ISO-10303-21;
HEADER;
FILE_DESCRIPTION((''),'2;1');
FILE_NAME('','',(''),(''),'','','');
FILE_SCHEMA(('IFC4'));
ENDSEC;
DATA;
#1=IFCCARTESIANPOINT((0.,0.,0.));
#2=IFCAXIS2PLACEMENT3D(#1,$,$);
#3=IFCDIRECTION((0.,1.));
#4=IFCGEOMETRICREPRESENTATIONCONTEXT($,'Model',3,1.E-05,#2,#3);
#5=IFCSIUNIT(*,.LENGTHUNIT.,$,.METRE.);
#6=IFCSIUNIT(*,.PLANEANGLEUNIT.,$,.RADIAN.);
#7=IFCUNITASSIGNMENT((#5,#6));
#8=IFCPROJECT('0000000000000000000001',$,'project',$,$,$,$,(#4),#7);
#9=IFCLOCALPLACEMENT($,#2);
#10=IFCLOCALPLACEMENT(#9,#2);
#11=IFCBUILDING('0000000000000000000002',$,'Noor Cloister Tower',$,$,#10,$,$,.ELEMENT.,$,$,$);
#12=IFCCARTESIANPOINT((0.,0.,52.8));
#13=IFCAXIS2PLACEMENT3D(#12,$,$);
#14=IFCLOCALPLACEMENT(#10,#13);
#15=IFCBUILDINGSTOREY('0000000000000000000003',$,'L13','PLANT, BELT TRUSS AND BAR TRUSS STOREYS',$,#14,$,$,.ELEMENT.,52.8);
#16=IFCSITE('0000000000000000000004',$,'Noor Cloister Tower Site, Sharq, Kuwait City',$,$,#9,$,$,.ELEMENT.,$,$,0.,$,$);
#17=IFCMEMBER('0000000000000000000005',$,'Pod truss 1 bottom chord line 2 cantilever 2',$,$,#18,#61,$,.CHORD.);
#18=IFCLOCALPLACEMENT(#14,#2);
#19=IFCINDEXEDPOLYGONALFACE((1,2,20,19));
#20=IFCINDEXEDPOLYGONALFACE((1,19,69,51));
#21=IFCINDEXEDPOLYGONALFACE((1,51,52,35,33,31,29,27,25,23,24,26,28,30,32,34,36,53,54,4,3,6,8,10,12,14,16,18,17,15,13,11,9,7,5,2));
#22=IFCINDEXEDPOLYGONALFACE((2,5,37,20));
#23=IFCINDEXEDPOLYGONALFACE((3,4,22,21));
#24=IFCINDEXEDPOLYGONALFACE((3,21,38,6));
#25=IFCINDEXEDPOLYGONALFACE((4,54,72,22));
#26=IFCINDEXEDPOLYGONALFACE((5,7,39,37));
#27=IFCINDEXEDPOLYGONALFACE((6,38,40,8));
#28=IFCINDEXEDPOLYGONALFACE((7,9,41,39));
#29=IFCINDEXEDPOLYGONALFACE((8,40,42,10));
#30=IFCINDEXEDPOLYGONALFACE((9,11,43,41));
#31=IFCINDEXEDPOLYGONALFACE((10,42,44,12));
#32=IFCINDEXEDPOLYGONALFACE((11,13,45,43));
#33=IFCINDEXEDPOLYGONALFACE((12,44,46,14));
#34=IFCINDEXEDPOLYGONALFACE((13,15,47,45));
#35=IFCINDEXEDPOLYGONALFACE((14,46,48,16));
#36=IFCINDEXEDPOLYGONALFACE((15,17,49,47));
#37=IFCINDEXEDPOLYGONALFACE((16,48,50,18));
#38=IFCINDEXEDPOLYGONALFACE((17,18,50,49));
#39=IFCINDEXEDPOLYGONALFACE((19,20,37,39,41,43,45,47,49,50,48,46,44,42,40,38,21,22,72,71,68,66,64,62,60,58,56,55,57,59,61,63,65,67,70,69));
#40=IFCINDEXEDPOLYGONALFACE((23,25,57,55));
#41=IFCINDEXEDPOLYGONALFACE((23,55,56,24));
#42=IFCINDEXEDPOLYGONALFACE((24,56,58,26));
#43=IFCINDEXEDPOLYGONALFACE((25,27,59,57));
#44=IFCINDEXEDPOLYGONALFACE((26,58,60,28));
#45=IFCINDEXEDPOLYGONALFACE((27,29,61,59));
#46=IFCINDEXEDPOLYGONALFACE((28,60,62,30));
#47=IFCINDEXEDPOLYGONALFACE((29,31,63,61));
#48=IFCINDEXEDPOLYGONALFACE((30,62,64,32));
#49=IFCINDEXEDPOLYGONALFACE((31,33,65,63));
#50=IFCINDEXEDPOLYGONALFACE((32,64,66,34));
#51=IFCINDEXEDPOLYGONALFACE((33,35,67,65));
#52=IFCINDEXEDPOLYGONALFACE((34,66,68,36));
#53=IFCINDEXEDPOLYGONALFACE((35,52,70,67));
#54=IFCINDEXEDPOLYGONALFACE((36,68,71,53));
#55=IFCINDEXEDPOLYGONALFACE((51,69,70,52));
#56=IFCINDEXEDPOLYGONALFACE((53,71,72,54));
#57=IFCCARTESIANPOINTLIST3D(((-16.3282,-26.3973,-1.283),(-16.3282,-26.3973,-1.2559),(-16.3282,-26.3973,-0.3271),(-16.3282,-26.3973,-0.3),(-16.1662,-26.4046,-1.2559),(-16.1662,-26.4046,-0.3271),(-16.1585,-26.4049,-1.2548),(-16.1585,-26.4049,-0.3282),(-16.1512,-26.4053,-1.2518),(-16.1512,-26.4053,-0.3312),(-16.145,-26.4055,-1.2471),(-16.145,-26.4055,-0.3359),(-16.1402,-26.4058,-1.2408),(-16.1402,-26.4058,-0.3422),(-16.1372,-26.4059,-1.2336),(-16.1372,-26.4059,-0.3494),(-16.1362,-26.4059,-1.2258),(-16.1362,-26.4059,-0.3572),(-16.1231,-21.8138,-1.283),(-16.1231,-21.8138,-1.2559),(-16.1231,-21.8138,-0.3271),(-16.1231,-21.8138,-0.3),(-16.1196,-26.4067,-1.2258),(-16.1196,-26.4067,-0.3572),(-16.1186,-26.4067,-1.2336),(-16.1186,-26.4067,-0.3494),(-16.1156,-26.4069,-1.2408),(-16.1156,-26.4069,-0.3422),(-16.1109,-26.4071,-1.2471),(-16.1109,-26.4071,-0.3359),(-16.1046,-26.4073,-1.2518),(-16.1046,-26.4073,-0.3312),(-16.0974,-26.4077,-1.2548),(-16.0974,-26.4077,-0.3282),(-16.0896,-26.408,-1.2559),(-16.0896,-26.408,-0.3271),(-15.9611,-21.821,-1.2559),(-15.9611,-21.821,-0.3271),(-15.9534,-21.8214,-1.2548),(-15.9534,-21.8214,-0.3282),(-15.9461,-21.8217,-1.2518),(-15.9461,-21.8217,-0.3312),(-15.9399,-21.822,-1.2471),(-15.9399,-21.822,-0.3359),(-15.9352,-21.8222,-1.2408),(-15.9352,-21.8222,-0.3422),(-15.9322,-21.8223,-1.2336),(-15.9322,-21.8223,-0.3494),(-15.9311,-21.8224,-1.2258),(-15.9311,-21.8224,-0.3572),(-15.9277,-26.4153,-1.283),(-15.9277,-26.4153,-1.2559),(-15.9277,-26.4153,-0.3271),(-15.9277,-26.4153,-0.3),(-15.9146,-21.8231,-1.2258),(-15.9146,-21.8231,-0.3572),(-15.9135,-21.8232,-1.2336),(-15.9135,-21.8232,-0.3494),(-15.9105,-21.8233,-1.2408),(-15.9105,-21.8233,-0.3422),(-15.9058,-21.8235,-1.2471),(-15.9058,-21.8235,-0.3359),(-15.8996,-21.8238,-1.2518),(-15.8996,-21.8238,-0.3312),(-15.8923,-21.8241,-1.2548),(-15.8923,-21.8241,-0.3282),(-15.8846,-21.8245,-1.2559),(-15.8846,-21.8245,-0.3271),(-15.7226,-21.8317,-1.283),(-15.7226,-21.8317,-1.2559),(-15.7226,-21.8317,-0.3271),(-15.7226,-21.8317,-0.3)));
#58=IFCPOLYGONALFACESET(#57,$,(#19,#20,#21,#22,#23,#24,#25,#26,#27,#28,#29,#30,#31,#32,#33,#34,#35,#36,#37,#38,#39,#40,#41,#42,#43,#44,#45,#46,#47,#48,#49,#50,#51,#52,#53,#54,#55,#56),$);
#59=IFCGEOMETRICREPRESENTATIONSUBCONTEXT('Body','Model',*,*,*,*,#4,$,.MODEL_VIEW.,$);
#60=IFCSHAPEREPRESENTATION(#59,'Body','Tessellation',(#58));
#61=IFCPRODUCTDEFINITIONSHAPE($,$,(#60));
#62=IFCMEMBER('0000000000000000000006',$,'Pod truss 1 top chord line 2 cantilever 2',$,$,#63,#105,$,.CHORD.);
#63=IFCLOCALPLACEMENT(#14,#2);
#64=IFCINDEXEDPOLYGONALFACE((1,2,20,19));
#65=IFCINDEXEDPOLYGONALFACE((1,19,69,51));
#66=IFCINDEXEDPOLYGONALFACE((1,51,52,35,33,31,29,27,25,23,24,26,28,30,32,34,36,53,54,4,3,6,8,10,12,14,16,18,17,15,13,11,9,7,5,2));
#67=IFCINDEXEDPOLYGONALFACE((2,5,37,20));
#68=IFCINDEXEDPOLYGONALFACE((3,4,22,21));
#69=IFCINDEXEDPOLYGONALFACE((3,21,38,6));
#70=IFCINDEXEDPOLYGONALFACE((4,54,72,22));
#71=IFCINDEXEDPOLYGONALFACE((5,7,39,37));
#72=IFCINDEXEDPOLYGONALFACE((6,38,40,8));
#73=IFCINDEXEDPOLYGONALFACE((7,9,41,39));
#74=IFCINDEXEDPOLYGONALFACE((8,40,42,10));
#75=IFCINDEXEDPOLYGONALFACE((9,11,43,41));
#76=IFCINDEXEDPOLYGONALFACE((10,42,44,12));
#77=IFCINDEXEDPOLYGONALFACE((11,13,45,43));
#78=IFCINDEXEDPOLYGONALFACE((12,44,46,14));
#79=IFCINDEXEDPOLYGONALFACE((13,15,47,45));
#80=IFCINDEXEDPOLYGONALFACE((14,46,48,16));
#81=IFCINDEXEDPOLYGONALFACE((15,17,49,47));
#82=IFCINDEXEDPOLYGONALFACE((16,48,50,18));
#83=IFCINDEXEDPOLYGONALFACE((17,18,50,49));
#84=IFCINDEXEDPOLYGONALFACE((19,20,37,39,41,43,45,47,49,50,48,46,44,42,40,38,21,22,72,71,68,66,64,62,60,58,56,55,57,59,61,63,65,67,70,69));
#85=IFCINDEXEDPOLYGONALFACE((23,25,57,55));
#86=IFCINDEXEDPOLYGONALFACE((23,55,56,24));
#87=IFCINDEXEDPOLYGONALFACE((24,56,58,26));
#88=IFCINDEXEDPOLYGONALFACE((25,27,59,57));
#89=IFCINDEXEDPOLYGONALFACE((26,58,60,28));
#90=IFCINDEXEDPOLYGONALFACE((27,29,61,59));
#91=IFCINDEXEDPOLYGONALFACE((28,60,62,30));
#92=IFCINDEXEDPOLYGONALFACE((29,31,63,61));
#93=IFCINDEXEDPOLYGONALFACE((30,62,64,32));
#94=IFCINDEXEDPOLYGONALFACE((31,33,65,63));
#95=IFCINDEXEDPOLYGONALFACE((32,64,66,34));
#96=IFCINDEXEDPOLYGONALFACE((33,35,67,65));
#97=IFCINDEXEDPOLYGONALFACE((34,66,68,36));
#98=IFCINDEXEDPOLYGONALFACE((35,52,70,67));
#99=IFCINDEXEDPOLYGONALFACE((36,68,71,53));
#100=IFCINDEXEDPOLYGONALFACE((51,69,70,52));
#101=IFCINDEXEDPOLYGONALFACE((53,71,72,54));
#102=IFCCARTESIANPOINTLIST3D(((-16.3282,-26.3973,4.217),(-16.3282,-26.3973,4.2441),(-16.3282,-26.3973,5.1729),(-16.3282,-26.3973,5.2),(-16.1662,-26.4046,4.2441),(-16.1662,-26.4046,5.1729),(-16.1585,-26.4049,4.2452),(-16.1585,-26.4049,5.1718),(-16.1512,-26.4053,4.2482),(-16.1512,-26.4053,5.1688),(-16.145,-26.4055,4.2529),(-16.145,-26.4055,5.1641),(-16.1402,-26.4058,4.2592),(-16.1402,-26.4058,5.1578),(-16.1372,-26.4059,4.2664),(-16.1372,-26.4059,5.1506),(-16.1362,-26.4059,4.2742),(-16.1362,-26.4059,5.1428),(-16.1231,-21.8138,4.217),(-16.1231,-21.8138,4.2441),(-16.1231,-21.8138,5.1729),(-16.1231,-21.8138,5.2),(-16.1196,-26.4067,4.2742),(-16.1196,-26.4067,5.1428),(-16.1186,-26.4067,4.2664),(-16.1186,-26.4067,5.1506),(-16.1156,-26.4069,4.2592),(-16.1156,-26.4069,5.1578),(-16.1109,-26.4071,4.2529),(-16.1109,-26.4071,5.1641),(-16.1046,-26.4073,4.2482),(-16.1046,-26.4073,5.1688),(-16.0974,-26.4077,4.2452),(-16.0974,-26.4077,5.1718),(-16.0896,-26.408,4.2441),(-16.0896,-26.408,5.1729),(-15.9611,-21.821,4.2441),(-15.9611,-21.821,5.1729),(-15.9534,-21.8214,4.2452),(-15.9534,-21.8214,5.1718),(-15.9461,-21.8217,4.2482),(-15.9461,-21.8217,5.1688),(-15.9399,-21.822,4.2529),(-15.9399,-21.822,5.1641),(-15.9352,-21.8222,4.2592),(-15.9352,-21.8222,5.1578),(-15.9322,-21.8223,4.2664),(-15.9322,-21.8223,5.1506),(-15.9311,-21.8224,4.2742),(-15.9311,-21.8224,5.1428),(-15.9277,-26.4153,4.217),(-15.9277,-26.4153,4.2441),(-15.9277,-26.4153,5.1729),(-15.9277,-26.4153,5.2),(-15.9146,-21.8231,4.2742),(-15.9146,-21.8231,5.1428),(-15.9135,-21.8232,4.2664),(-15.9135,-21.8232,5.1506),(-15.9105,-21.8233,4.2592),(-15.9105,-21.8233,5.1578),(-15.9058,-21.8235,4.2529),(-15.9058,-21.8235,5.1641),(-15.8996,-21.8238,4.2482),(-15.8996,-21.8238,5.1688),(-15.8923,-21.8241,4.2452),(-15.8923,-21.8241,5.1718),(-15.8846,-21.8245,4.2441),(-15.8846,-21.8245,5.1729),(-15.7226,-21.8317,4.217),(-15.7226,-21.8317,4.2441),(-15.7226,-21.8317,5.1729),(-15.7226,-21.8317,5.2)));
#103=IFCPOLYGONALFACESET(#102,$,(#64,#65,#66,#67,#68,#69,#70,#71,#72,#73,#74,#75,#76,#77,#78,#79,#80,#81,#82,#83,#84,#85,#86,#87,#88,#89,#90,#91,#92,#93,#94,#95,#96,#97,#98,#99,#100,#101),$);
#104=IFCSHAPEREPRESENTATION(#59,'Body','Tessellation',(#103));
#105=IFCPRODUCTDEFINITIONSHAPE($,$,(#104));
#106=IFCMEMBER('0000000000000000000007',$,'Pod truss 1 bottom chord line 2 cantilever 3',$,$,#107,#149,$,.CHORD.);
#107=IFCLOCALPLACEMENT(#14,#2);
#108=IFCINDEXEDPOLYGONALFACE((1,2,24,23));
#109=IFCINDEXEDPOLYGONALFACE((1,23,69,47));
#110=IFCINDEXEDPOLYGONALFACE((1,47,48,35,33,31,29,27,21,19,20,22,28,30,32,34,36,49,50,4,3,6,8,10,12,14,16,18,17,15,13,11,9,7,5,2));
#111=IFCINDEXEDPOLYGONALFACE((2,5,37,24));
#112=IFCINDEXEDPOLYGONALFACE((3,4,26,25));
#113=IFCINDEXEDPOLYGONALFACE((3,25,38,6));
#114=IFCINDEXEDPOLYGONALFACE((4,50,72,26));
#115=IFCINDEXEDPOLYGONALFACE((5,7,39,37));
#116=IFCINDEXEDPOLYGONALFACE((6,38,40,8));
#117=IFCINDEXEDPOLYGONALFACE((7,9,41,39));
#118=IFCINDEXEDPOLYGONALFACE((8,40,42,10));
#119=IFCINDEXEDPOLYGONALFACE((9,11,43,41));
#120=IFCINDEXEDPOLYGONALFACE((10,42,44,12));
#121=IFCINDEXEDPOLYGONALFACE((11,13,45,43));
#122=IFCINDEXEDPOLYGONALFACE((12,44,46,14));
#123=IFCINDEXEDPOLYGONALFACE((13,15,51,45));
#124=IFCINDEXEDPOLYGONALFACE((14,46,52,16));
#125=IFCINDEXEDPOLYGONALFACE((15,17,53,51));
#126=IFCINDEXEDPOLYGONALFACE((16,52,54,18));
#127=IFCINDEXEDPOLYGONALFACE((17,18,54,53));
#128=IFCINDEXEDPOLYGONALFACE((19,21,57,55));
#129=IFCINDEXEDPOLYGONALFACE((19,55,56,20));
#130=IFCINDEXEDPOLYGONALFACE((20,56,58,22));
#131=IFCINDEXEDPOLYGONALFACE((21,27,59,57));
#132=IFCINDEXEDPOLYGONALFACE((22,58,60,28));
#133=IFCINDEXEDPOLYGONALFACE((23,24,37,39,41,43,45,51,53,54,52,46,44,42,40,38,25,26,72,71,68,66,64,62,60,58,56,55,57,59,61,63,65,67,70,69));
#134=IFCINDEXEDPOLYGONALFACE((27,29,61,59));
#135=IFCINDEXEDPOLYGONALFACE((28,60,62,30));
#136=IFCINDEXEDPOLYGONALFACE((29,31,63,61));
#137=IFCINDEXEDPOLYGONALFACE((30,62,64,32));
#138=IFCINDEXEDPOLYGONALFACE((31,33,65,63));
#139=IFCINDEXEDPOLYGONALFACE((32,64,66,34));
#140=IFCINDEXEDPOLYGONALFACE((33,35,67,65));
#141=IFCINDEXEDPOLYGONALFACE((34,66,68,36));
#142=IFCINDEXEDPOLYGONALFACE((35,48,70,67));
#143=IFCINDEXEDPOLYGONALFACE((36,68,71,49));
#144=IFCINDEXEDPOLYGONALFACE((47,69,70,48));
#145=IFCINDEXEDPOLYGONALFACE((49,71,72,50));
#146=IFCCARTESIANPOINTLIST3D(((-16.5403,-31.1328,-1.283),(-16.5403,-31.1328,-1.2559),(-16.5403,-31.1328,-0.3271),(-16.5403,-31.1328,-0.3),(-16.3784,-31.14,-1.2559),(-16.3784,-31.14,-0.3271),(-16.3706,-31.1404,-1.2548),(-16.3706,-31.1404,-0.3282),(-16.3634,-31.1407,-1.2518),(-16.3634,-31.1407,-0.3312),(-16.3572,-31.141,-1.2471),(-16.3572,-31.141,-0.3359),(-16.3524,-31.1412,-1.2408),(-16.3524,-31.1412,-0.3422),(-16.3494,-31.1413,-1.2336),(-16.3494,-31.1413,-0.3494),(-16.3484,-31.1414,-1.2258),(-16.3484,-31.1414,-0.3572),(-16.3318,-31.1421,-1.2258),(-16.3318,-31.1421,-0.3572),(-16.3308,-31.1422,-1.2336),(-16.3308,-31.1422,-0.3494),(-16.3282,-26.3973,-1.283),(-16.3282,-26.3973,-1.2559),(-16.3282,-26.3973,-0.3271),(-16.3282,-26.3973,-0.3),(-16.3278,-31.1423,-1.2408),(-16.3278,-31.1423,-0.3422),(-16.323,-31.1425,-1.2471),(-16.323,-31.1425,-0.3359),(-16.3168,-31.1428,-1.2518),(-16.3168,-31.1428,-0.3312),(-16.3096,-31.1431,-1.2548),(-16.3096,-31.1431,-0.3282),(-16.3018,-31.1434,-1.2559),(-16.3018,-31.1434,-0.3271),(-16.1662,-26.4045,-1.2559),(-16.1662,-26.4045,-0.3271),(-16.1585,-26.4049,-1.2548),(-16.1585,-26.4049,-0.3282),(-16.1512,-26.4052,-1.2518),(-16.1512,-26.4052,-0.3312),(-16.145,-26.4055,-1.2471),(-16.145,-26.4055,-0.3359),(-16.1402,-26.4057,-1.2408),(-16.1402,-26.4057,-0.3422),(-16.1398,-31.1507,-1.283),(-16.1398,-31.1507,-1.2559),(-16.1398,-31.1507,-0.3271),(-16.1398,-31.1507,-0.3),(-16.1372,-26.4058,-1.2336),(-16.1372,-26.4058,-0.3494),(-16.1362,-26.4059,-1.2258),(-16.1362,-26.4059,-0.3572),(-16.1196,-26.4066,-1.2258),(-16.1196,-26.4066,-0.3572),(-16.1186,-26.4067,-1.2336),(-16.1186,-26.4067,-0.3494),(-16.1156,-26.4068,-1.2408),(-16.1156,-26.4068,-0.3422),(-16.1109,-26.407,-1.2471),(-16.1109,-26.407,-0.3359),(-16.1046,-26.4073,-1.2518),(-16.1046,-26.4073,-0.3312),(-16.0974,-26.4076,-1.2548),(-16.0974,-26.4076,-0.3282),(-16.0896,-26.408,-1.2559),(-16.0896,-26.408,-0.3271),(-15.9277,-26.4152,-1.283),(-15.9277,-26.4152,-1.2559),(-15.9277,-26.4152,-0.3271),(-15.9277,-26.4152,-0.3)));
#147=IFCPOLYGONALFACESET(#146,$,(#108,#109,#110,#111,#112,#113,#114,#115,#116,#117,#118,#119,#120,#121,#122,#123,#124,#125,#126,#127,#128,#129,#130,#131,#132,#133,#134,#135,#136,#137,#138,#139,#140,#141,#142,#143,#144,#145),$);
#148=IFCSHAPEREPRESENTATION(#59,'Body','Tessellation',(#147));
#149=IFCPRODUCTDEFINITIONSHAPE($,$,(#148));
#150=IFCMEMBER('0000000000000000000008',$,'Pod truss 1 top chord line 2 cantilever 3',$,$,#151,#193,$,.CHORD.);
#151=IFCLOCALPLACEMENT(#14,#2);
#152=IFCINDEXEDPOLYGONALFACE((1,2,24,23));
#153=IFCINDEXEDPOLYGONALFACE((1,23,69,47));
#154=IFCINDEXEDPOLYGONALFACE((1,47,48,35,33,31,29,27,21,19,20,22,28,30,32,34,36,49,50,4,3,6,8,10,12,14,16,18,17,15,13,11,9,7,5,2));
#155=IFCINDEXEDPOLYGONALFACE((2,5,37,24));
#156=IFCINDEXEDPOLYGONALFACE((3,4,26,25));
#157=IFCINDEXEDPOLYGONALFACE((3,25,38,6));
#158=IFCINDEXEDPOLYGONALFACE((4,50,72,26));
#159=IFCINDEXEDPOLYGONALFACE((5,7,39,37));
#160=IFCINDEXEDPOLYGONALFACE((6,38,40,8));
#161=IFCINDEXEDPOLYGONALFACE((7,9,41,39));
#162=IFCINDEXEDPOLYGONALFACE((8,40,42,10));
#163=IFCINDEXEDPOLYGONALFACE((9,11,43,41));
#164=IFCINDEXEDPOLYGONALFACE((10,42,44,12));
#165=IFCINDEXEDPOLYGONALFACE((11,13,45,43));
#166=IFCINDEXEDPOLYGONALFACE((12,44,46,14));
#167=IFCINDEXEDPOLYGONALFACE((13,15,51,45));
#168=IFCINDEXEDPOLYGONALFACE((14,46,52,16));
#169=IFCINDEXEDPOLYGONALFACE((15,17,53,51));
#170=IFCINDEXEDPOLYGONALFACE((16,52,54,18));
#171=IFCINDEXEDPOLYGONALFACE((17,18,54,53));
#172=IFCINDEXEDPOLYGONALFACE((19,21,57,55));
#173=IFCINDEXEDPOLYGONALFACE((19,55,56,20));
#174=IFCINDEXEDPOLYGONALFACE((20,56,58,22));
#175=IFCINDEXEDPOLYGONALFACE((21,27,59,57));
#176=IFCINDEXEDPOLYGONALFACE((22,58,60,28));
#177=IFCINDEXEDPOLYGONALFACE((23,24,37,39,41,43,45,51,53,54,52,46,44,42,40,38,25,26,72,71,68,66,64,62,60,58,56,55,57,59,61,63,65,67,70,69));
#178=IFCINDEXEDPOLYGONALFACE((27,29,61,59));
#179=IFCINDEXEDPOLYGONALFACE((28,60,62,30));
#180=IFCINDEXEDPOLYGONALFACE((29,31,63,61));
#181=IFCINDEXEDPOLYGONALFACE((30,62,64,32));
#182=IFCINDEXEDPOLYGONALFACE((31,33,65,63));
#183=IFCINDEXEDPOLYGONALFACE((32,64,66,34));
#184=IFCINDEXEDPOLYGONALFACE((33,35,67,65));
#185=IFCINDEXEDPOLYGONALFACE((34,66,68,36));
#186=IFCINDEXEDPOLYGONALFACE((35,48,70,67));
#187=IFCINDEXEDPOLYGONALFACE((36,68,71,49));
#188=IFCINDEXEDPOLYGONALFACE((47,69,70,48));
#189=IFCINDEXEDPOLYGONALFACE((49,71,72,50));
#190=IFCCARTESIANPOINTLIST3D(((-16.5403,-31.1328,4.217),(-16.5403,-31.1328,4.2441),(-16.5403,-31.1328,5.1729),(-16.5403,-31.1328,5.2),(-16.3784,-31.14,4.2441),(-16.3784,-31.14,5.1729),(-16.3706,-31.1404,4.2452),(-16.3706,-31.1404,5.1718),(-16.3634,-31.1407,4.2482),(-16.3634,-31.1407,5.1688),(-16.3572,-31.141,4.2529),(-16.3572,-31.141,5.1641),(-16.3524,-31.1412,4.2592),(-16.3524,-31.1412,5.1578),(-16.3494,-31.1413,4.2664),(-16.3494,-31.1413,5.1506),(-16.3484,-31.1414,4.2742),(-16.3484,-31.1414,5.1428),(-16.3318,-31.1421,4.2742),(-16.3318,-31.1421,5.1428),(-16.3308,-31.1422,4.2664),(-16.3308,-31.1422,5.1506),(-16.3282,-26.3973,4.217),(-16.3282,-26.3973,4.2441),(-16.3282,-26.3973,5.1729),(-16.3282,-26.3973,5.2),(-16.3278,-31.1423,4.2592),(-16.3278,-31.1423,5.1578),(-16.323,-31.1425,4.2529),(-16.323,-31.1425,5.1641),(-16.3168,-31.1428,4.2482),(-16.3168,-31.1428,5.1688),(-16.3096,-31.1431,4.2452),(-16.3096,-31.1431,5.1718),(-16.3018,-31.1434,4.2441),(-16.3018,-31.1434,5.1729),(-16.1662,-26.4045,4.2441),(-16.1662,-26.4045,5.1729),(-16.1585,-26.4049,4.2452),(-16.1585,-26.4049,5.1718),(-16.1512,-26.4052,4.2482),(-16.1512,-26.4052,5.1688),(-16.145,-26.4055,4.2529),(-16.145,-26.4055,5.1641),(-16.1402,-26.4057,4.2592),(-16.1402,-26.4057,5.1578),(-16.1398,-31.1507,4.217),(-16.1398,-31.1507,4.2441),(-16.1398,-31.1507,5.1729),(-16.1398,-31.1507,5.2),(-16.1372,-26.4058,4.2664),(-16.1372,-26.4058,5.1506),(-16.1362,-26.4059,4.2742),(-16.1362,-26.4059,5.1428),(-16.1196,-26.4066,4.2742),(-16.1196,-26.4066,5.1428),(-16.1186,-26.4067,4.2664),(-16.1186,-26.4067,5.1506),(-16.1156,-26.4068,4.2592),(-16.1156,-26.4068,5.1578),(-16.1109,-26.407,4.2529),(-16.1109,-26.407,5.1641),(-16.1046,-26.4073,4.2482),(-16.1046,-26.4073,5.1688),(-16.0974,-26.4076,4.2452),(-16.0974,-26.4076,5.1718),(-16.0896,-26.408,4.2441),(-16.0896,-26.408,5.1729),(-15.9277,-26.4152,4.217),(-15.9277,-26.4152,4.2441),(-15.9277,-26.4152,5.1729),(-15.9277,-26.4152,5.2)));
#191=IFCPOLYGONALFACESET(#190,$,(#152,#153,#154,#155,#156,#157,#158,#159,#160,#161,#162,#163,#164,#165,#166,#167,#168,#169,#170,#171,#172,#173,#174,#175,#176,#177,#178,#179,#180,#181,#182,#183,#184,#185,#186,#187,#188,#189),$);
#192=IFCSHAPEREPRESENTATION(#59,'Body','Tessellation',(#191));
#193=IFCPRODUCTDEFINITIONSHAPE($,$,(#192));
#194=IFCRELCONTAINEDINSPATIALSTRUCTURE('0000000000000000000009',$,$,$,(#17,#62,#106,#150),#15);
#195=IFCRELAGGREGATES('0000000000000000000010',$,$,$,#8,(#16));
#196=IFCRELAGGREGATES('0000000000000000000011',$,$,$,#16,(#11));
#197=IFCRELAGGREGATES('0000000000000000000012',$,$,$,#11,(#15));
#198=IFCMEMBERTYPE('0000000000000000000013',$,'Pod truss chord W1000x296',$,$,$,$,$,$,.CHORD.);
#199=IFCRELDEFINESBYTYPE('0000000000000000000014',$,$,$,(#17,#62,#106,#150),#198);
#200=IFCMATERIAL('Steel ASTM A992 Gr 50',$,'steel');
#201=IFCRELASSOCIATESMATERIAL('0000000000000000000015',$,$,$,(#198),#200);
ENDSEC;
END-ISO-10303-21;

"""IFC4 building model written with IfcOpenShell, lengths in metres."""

from ifc_helpers import new_model, si_unit, direction, frame, origin, origin_2d, place, context, subcontext, project, spatial, i_section, extrude, material, material_profile, profile_set, type_object, element, save


model = new_model("IFC4")

# Units and contexts
model_context = context("Model", 3, precision=1e-05, world=origin(), true_north=direction((0.0, 1.0)))
body_context = subcontext(model_context, "Body", "Model", "MODEL_VIEW")
ifc_project = project(units=[si_unit("LENGTHUNIT", "METRE"), si_unit("PLANEANGLEUNIT", "RADIAN")], contexts=[model_context])

# Site, building, storey
site_placement = place(None, origin())
site = spatial("IfcSite", under=ifc_project, at=site_placement, Name="Noor Cloister Tower Site, Sharq, Kuwait City", CompositionType="ELEMENT", RefElevation=0.0)
building_placement = place(site_placement, origin())
building = spatial("IfcBuilding", under=site, at=building_placement, Name="Noor Cloister Tower", CompositionType="ELEMENT")
storey_placement = place(building_placement, frame((0.0, 0.0, 52.8)))
storey = spatial("IfcBuildingStorey", under=building, at=storey_placement, Name="L13", Description="PLANT, BELT TRUSS AND BAR TRUSS STOREYS", CompositionType="ELEMENT", Elevation=52.8)

# Members
ifc_material_1 = material(Name="Steel ASTM A992 Gr 50", Category="steel")
ifc_material_profile_1 = material_profile(ifc_material_1, i_section(OverallWidth=0.4009, OverallDepth=0.9829, WebThickness=0.0166, FlangeThickness=0.0271, FilletRadius=0.03, at=origin_2d()), Name="W1000x296")
ifc_profile_set_1 = profile_set([ifc_material_profile_1], Name="Steel ASTM A992 Gr 50")
member_type_1 = type_object("IfcMemberType", Name="Pod truss chord W1000x296", PredefinedType="CHORD", material=ifc_profile_set_1)
for number, where, z_axis, x_axis, name in (
    (1, (-15.9229, -21.8228, -0.7915), (-0.044698, -0.999001, 0.0), (0.999001, -0.044698, 0.0), "Pod truss 1 bottom chord line 2 cantilever 2"),
    (2, (-15.9229, -21.8228, 4.7085), (-0.044698, -0.999001, 0.0), (0.999001, -0.044698, 0.0), "Pod truss 1 top chord line 2 cantilever 2"),
):
    element("IfcMember", number, at=place(storey_placement, frame(where, z_axis=z_axis, x_axis=x_axis)), inside=storey, type_object=member_type_1, Name=name, PredefinedType="CHORD", context=body_context, shape_type="SweptSolid", body=[
        extrude(i_section(OverallWidth=0.4009, OverallDepth=0.9829, WebThickness=0.0166, FlangeThickness=0.0271, FilletRadius=0.03, at=origin_2d()), origin(), (0.0, 0.0, 1.0), 4.5881),
    ])
for number, where, z_axis, x_axis, name in (
    (3, (-16.1279, -26.4062, -0.7915), (-0.044756, -0.998998, 0.0), (0.998998, -0.044756, 0.0), "Pod truss 1 bottom chord line 2 cantilever 3"),
    (4, (-16.1279, -26.4062, 4.7085), (-0.044756, -0.998998, 0.0), (0.998998, -0.044756, 0.0), "Pod truss 1 top chord line 2 cantilever 3"),
):
    element("IfcMember", number, at=place(storey_placement, frame(where, z_axis=z_axis, x_axis=x_axis)), inside=storey, type_object=member_type_1, Name=name, PredefinedType="CHORD", context=body_context, shape_type="SweptSolid", body=[
        extrude(i_section(OverallWidth=0.4009, OverallDepth=0.9829, WebThickness=0.0166, FlangeThickness=0.0271, FilletRadius=0.03, at=origin_2d()), origin(), (0.0, 0.0, 1.0), 4.7402),
    ])

save(model, "model.ifc")
